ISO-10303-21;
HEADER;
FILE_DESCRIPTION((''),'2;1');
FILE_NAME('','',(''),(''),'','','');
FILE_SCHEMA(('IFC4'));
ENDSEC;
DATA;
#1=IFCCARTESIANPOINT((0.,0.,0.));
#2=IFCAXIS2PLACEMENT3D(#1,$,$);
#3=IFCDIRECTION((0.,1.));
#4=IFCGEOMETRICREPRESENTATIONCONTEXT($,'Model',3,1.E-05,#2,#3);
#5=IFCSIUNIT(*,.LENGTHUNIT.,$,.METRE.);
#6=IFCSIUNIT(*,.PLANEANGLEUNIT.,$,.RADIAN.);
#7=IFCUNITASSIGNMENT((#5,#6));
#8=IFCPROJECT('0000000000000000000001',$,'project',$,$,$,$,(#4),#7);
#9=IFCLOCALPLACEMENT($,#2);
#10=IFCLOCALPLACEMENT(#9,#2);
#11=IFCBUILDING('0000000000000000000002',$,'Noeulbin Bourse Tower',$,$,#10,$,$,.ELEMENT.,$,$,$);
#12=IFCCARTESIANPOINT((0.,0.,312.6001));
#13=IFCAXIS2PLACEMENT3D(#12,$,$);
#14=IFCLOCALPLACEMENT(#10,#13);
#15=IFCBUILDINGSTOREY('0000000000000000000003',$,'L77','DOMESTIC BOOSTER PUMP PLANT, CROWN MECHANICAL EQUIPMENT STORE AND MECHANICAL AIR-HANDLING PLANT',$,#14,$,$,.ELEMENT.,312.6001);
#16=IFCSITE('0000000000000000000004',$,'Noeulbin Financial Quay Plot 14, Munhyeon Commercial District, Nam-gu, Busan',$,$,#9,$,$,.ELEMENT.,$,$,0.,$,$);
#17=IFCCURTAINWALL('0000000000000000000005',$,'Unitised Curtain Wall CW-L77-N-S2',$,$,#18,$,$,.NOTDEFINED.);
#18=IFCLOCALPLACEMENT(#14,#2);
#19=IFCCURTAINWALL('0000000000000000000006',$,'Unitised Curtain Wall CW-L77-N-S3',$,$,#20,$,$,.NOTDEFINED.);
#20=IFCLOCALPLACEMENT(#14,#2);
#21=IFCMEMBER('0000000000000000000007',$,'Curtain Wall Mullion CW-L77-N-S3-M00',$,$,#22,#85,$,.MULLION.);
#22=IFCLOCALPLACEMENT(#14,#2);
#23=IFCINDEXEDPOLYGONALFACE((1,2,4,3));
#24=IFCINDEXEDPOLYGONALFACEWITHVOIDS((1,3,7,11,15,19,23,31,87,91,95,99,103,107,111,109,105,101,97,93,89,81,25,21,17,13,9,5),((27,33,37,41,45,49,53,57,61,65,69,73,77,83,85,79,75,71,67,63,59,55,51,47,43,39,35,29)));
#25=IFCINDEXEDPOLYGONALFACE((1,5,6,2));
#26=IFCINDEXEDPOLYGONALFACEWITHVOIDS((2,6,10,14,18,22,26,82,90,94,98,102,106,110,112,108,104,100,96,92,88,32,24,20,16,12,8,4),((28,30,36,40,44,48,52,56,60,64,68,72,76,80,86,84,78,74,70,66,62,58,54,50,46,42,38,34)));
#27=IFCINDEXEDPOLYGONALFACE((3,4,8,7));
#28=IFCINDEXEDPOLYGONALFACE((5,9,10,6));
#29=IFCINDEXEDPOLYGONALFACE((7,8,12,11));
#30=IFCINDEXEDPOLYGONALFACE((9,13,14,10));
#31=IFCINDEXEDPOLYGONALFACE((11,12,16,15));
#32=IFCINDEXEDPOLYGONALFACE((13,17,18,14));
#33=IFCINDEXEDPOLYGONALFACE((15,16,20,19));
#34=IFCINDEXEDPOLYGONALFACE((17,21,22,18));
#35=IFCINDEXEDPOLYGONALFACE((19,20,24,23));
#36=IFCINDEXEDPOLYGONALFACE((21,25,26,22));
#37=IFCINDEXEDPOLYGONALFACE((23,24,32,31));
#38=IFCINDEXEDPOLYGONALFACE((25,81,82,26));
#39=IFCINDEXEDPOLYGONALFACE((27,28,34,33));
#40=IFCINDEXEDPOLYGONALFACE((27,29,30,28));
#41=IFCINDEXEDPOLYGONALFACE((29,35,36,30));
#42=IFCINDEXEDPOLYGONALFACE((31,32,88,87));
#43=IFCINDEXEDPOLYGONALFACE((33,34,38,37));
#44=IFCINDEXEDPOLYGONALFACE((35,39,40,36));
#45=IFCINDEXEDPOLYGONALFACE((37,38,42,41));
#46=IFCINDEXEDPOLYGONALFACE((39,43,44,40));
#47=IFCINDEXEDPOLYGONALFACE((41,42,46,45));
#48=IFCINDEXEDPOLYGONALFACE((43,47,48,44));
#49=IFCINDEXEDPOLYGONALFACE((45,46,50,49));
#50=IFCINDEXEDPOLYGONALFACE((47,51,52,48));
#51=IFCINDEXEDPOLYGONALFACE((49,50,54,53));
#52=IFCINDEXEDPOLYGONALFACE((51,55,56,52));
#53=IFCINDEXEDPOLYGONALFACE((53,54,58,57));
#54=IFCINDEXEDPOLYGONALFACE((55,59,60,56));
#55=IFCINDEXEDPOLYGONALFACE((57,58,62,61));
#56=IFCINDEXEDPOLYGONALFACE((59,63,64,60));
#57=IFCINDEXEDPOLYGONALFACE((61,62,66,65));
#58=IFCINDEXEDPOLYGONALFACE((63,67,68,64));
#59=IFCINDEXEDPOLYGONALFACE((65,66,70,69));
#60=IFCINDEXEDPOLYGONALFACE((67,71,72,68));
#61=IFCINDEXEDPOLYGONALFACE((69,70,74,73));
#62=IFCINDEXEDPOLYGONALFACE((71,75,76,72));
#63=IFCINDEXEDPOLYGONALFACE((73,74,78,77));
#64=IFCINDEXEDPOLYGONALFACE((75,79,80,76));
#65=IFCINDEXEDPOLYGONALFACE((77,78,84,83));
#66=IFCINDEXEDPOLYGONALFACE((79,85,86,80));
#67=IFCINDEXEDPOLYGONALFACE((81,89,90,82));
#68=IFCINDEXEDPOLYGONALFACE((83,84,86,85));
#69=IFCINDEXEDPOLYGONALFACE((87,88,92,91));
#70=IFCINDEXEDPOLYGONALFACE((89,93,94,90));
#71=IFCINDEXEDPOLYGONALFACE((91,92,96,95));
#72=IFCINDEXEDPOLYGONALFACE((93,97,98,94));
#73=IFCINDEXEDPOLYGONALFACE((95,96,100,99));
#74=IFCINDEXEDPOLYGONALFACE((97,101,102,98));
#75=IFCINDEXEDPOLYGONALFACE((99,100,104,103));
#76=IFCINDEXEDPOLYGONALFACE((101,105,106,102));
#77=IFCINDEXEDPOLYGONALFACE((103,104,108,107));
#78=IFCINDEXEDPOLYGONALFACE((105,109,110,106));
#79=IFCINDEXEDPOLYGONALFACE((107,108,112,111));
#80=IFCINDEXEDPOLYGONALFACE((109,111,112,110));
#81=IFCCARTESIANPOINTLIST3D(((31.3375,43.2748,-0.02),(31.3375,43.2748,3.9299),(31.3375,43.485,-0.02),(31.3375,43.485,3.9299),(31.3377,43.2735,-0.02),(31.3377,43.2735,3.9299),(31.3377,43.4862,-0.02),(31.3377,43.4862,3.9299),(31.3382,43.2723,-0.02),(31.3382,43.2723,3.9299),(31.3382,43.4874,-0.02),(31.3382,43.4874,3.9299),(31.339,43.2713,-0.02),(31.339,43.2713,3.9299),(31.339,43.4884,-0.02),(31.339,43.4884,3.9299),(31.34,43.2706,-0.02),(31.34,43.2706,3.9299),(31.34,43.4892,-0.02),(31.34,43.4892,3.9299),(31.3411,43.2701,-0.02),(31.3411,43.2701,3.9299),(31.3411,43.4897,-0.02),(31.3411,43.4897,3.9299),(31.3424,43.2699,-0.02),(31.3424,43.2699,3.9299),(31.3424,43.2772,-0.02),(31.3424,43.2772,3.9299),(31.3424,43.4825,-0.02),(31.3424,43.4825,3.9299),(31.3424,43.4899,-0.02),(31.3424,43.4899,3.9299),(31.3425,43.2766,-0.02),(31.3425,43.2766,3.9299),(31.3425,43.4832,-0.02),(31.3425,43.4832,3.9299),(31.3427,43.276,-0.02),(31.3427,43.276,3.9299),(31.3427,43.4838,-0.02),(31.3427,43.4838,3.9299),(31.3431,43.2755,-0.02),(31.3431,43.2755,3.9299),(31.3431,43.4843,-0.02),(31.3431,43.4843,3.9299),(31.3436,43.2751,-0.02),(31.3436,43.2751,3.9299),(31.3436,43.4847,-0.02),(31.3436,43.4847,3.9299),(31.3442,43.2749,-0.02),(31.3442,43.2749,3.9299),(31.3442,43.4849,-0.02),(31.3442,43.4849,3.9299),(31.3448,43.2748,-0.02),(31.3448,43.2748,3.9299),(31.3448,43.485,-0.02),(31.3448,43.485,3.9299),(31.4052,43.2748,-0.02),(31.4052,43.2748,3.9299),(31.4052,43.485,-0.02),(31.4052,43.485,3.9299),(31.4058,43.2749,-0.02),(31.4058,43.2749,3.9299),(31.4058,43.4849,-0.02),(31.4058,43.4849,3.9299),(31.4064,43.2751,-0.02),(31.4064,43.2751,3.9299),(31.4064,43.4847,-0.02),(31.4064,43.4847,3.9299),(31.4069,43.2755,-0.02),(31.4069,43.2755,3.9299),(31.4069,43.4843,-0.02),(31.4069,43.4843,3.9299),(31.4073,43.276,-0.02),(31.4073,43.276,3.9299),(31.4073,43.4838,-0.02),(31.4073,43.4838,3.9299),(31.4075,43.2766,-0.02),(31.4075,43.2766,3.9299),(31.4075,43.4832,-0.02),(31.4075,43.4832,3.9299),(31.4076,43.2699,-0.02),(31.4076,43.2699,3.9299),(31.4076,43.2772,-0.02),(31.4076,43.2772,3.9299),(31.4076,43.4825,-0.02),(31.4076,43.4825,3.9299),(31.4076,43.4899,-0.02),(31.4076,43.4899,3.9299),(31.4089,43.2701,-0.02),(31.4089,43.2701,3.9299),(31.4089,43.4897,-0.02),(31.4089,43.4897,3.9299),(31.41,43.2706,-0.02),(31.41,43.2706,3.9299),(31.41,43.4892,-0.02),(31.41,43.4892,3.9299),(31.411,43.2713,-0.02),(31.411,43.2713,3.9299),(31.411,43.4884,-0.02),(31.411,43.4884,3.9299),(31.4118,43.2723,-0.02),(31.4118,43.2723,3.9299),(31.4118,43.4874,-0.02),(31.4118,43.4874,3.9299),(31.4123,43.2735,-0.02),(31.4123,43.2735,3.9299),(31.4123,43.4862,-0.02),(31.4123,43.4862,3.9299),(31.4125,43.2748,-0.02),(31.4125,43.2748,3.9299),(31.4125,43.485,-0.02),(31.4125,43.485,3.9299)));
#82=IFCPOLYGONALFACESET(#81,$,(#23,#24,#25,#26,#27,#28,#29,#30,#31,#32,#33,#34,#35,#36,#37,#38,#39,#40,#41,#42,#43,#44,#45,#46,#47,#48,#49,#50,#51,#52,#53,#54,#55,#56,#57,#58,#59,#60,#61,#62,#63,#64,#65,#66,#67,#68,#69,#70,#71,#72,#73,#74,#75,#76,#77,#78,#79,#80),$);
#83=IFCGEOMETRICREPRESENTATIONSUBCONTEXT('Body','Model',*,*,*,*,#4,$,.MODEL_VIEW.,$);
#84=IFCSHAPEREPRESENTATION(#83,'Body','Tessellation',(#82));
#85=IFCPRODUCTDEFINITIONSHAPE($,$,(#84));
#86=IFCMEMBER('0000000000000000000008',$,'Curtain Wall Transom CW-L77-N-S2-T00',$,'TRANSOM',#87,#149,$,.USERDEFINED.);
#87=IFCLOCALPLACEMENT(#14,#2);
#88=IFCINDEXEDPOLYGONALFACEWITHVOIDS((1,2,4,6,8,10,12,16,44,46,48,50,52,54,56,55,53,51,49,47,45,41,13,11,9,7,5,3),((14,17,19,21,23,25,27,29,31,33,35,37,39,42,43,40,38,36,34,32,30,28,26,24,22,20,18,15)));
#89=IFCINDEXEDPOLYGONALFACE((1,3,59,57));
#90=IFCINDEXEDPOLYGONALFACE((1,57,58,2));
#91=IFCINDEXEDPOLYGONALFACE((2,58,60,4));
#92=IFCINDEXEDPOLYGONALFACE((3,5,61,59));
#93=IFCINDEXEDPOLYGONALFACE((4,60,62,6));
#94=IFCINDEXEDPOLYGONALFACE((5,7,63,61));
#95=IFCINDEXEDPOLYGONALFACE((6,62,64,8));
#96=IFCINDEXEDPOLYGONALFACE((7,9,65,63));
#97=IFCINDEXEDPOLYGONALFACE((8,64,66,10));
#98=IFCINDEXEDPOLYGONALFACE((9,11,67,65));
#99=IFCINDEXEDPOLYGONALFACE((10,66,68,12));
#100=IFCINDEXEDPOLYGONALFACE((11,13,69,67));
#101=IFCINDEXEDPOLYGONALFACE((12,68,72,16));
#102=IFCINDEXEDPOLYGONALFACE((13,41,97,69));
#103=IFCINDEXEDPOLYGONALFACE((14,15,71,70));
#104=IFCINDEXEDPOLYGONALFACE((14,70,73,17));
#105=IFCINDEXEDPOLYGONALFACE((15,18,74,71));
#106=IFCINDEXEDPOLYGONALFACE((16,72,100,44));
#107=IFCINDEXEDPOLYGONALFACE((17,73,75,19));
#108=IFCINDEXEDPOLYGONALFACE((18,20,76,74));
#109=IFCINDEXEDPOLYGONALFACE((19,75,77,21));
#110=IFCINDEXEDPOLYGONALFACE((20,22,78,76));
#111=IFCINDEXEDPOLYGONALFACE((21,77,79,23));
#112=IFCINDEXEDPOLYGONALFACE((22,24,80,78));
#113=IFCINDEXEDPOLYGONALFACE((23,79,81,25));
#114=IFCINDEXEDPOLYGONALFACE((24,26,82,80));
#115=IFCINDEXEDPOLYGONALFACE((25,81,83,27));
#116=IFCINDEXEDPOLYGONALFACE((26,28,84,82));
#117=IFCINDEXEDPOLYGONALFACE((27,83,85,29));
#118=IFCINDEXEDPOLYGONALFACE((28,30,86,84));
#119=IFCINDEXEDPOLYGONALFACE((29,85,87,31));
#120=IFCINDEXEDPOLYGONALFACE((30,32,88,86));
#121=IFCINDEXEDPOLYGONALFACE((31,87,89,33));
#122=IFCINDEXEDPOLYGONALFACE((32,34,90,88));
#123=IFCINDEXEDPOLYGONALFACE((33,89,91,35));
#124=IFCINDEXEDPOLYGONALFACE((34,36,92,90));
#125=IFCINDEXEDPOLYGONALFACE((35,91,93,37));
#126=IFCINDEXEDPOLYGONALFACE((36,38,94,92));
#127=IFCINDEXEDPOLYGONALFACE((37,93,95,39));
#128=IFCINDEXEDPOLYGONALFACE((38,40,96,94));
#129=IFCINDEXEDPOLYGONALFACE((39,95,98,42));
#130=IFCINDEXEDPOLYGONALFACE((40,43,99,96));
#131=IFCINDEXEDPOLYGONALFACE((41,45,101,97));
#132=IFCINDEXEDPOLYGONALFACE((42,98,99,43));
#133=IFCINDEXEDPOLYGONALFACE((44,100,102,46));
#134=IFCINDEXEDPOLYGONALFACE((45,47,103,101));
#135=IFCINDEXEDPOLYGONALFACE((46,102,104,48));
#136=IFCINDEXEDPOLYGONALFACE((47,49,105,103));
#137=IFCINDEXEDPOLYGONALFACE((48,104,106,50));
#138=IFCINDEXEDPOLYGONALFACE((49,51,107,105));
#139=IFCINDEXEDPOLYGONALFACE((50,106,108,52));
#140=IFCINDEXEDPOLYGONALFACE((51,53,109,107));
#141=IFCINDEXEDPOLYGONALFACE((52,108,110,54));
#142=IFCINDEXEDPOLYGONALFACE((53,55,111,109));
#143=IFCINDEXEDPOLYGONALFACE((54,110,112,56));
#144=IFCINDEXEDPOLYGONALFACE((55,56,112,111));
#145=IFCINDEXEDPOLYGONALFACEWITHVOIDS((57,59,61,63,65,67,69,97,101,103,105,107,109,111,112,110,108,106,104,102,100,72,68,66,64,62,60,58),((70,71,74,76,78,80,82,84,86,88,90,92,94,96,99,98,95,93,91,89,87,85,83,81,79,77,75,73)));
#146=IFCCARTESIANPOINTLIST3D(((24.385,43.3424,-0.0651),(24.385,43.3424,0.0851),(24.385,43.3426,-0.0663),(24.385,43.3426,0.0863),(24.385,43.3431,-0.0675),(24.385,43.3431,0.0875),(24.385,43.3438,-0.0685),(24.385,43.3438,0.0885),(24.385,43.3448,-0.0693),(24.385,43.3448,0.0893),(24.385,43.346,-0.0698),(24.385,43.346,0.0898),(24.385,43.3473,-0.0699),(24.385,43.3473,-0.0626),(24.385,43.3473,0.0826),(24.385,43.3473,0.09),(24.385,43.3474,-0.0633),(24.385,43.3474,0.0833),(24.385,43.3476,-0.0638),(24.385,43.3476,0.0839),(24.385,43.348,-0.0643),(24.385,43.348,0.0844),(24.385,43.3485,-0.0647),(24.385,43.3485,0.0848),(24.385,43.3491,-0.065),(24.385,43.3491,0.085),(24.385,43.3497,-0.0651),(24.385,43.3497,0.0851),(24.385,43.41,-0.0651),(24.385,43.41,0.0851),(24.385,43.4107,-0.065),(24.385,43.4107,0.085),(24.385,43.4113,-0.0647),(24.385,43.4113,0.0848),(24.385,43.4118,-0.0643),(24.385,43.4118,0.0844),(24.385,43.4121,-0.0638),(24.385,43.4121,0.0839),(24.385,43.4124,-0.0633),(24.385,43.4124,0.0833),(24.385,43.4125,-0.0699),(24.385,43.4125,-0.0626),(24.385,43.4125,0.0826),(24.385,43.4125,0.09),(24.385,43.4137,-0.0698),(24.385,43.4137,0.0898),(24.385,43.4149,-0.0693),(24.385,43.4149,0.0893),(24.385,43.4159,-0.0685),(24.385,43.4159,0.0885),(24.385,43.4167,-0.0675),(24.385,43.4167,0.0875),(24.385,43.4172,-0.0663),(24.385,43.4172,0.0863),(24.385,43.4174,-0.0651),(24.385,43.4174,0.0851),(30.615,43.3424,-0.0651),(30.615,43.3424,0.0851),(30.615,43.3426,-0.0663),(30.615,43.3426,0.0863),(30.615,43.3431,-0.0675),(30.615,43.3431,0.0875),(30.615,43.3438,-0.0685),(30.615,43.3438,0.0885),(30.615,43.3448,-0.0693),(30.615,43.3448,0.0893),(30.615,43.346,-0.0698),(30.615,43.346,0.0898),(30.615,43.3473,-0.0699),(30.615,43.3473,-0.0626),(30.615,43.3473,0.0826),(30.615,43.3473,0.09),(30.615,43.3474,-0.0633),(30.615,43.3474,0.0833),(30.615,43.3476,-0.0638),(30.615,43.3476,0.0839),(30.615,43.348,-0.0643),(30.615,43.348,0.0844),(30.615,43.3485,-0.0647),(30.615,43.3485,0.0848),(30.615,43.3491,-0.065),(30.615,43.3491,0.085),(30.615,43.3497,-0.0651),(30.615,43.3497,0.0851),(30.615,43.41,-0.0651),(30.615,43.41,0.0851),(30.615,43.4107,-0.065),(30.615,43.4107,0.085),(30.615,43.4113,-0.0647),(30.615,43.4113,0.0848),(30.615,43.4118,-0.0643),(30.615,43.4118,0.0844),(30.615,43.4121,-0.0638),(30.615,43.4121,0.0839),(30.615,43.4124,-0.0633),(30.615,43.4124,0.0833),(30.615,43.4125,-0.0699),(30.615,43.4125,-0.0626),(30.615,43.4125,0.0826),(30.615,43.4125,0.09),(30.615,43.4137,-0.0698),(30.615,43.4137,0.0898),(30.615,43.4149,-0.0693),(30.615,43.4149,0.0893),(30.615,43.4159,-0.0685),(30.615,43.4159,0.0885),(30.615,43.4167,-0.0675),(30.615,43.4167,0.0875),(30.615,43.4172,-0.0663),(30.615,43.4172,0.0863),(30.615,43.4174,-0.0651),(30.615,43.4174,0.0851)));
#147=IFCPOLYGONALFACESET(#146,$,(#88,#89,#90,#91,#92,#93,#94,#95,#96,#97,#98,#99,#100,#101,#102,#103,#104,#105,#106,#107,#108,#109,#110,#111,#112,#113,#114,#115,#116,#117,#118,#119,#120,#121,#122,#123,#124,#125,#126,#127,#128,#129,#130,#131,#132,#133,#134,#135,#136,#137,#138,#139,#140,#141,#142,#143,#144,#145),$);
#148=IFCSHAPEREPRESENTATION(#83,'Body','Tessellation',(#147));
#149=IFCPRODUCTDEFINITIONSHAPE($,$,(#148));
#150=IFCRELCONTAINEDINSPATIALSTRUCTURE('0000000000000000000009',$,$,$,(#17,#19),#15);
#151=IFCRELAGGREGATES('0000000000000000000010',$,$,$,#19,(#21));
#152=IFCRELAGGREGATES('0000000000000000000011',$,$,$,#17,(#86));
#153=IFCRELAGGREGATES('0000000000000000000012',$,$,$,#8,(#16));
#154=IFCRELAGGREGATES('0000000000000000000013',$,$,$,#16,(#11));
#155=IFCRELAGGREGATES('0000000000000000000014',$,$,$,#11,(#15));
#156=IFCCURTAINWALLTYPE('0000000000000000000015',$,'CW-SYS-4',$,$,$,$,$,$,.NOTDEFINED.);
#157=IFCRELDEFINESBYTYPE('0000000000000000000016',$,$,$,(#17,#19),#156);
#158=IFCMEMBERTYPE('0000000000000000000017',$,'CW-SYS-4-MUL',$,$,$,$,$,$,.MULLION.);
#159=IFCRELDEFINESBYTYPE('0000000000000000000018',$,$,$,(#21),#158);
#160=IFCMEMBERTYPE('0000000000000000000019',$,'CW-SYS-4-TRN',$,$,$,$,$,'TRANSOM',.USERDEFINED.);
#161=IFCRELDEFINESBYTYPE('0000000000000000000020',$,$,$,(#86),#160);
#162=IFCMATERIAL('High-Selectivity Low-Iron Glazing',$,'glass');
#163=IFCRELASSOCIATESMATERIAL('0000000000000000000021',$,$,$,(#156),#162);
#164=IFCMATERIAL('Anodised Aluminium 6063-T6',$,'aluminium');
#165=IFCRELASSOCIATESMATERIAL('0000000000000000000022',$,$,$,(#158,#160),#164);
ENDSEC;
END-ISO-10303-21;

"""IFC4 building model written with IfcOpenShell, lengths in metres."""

from ifc_helpers import new_model, si_unit, direction, frame, origin, origin_2d, place, context, subcontext, project, spatial, hollow_rectangle, extrude, material, material_profile, profile_set, type_object, element, aggregate, save


model = new_model("IFC4")

# Units and contexts
model_context = context("Model", 3, precision=1e-05, world=origin(), true_north=direction((0.0, 1.0)))
body_context = subcontext(model_context, "Body", "Model", "MODEL_VIEW")
ifc_project = project(units=[si_unit("LENGTHUNIT", "METRE"), si_unit("PLANEANGLEUNIT", "RADIAN")], contexts=[model_context])

# Site, building, storey
site_placement = place(None, origin())
site = spatial("IfcSite", under=ifc_project, at=site_placement, Name="Noeulbin Financial Quay Plot 14, Munhyeon Commercial District, Nam-gu, Busan", CompositionType="ELEMENT", RefElevation=0.0)
building_placement = place(site_placement, origin())
building = spatial("IfcBuilding", under=site, at=building_placement, Name="Noeulbin Bourse Tower", CompositionType="ELEMENT")
storey_placement = place(building_placement, frame((0.0, 0.0, 312.6001)))
storey = spatial("IfcBuildingStorey", under=building, at=storey_placement, Name="L77", Description="DOMESTIC BOOSTER PUMP PLANT, CROWN MECHANICAL EQUIPMENT STORE AND MECHANICAL AIR-HANDLING PLANT", CompositionType="ELEMENT", Elevation=312.6001)

# Curtain wall
ifc_material_1 = material(Name="High-Selectivity Low-Iron Glazing", Category="glass")
curtain_wall_type = type_object("IfcCurtainWallType", Name="CW-SYS-4", PredefinedType="NOTDEFINED", material=ifc_material_1)
curtain_wall_1_placement = place(storey_placement, origin())
curtain_wall_1 = element("IfcCurtainWall", 1, at=curtain_wall_1_placement, inside=storey, type_object=curtain_wall_type, Name="Unitised Curtain Wall CW-L77-N-S2", PredefinedType="NOTDEFINED")
ifc_material_2 = material(Name="Anodised Aluminium 6063-T6", Category="aluminium")
ifc_material_profile_1 = material_profile(ifc_material_2, hollow_rectangle(XDim=0.075, YDim=0.22, WallThickness=0.0049, InnerFilletRadius=0.0024, OuterFilletRadius=0.0049, at=origin_2d()), Name="ALU-MULL-75x220x5", Category="LoadBearing")
ifc_profile_set_1 = profile_set([ifc_material_profile_1], Name="Anodised Aluminium 6063-T6")
member_type_1 = type_object("IfcMemberType", Name="CW-SYS-4-MUL", PredefinedType="MULLION", material=ifc_profile_set_1)

# Curtain wall, member
curtain_wall_2_placement = place(storey_placement, origin())
curtain_wall_2 = element("IfcCurtainWall", 2, at=curtain_wall_2_placement, inside=storey, type_object=curtain_wall_type, Name="Unitised Curtain Wall CW-L77-N-S3", PredefinedType="NOTDEFINED")
member_1_placement = place(storey_placement, frame((31.375, 43.3799, -0.02), z_axis=(0.0, 0.0, 1.0), x_axis=(1.0, 0.0, 0.0)))
member_1 = element("IfcMember", 3, at=member_1_placement, type_object=member_type_1, Name="Curtain Wall Mullion CW-L77-N-S3-M00", PredefinedType="MULLION", context=body_context, shape_type="SweptSolid", body=[
    extrude(hollow_rectangle(XDim=0.075, YDim=0.22, WallThickness=0.0049, InnerFilletRadius=0.0024, OuterFilletRadius=0.0049, at=origin_2d()), origin(), (0.0, 0.0, 1.0), 3.95),
])

# Member
ifc_material_profile_2 = material_profile(ifc_material_2, hollow_rectangle(XDim=0.075, YDim=0.1599, WallThickness=0.0049, InnerFilletRadius=0.0024, OuterFilletRadius=0.0049, at=origin_2d()), Name="ALU-TRAN-75x160x5", Category="LoadBearing")
ifc_profile_set_2 = profile_set([ifc_material_profile_2], Name="Anodised Aluminium 6063-T6")
member_type_2 = type_object("IfcMemberType", Name="CW-SYS-4-TRN", ElementType="TRANSOM", PredefinedType="USERDEFINED", material=ifc_profile_set_2)
member_2_placement = place(storey_placement, frame((24.385, 43.3799, 0.01), z_axis=(1.0, 0.0, 0.0), x_axis=(0.0, 1.0, 0.0)))
member_2 = element("IfcMember", 4, at=member_2_placement, type_object=member_type_2, Name="Curtain Wall Transom CW-L77-N-S2-T00", ObjectType="TRANSOM", PredefinedType="USERDEFINED", context=body_context, shape_type="SweptSolid", body=[
    extrude(hollow_rectangle(XDim=0.075, YDim=0.1599, WallThickness=0.0049, InnerFilletRadius=0.0024, OuterFilletRadius=0.0049, at=origin_2d()), origin(), (0.0, 0.0, 1.0), 6.23),
])
aggregate(curtain_wall_2, [member_1])

aggregate(curtain_wall_1, [member_2])

save(model, "model.ifc")
